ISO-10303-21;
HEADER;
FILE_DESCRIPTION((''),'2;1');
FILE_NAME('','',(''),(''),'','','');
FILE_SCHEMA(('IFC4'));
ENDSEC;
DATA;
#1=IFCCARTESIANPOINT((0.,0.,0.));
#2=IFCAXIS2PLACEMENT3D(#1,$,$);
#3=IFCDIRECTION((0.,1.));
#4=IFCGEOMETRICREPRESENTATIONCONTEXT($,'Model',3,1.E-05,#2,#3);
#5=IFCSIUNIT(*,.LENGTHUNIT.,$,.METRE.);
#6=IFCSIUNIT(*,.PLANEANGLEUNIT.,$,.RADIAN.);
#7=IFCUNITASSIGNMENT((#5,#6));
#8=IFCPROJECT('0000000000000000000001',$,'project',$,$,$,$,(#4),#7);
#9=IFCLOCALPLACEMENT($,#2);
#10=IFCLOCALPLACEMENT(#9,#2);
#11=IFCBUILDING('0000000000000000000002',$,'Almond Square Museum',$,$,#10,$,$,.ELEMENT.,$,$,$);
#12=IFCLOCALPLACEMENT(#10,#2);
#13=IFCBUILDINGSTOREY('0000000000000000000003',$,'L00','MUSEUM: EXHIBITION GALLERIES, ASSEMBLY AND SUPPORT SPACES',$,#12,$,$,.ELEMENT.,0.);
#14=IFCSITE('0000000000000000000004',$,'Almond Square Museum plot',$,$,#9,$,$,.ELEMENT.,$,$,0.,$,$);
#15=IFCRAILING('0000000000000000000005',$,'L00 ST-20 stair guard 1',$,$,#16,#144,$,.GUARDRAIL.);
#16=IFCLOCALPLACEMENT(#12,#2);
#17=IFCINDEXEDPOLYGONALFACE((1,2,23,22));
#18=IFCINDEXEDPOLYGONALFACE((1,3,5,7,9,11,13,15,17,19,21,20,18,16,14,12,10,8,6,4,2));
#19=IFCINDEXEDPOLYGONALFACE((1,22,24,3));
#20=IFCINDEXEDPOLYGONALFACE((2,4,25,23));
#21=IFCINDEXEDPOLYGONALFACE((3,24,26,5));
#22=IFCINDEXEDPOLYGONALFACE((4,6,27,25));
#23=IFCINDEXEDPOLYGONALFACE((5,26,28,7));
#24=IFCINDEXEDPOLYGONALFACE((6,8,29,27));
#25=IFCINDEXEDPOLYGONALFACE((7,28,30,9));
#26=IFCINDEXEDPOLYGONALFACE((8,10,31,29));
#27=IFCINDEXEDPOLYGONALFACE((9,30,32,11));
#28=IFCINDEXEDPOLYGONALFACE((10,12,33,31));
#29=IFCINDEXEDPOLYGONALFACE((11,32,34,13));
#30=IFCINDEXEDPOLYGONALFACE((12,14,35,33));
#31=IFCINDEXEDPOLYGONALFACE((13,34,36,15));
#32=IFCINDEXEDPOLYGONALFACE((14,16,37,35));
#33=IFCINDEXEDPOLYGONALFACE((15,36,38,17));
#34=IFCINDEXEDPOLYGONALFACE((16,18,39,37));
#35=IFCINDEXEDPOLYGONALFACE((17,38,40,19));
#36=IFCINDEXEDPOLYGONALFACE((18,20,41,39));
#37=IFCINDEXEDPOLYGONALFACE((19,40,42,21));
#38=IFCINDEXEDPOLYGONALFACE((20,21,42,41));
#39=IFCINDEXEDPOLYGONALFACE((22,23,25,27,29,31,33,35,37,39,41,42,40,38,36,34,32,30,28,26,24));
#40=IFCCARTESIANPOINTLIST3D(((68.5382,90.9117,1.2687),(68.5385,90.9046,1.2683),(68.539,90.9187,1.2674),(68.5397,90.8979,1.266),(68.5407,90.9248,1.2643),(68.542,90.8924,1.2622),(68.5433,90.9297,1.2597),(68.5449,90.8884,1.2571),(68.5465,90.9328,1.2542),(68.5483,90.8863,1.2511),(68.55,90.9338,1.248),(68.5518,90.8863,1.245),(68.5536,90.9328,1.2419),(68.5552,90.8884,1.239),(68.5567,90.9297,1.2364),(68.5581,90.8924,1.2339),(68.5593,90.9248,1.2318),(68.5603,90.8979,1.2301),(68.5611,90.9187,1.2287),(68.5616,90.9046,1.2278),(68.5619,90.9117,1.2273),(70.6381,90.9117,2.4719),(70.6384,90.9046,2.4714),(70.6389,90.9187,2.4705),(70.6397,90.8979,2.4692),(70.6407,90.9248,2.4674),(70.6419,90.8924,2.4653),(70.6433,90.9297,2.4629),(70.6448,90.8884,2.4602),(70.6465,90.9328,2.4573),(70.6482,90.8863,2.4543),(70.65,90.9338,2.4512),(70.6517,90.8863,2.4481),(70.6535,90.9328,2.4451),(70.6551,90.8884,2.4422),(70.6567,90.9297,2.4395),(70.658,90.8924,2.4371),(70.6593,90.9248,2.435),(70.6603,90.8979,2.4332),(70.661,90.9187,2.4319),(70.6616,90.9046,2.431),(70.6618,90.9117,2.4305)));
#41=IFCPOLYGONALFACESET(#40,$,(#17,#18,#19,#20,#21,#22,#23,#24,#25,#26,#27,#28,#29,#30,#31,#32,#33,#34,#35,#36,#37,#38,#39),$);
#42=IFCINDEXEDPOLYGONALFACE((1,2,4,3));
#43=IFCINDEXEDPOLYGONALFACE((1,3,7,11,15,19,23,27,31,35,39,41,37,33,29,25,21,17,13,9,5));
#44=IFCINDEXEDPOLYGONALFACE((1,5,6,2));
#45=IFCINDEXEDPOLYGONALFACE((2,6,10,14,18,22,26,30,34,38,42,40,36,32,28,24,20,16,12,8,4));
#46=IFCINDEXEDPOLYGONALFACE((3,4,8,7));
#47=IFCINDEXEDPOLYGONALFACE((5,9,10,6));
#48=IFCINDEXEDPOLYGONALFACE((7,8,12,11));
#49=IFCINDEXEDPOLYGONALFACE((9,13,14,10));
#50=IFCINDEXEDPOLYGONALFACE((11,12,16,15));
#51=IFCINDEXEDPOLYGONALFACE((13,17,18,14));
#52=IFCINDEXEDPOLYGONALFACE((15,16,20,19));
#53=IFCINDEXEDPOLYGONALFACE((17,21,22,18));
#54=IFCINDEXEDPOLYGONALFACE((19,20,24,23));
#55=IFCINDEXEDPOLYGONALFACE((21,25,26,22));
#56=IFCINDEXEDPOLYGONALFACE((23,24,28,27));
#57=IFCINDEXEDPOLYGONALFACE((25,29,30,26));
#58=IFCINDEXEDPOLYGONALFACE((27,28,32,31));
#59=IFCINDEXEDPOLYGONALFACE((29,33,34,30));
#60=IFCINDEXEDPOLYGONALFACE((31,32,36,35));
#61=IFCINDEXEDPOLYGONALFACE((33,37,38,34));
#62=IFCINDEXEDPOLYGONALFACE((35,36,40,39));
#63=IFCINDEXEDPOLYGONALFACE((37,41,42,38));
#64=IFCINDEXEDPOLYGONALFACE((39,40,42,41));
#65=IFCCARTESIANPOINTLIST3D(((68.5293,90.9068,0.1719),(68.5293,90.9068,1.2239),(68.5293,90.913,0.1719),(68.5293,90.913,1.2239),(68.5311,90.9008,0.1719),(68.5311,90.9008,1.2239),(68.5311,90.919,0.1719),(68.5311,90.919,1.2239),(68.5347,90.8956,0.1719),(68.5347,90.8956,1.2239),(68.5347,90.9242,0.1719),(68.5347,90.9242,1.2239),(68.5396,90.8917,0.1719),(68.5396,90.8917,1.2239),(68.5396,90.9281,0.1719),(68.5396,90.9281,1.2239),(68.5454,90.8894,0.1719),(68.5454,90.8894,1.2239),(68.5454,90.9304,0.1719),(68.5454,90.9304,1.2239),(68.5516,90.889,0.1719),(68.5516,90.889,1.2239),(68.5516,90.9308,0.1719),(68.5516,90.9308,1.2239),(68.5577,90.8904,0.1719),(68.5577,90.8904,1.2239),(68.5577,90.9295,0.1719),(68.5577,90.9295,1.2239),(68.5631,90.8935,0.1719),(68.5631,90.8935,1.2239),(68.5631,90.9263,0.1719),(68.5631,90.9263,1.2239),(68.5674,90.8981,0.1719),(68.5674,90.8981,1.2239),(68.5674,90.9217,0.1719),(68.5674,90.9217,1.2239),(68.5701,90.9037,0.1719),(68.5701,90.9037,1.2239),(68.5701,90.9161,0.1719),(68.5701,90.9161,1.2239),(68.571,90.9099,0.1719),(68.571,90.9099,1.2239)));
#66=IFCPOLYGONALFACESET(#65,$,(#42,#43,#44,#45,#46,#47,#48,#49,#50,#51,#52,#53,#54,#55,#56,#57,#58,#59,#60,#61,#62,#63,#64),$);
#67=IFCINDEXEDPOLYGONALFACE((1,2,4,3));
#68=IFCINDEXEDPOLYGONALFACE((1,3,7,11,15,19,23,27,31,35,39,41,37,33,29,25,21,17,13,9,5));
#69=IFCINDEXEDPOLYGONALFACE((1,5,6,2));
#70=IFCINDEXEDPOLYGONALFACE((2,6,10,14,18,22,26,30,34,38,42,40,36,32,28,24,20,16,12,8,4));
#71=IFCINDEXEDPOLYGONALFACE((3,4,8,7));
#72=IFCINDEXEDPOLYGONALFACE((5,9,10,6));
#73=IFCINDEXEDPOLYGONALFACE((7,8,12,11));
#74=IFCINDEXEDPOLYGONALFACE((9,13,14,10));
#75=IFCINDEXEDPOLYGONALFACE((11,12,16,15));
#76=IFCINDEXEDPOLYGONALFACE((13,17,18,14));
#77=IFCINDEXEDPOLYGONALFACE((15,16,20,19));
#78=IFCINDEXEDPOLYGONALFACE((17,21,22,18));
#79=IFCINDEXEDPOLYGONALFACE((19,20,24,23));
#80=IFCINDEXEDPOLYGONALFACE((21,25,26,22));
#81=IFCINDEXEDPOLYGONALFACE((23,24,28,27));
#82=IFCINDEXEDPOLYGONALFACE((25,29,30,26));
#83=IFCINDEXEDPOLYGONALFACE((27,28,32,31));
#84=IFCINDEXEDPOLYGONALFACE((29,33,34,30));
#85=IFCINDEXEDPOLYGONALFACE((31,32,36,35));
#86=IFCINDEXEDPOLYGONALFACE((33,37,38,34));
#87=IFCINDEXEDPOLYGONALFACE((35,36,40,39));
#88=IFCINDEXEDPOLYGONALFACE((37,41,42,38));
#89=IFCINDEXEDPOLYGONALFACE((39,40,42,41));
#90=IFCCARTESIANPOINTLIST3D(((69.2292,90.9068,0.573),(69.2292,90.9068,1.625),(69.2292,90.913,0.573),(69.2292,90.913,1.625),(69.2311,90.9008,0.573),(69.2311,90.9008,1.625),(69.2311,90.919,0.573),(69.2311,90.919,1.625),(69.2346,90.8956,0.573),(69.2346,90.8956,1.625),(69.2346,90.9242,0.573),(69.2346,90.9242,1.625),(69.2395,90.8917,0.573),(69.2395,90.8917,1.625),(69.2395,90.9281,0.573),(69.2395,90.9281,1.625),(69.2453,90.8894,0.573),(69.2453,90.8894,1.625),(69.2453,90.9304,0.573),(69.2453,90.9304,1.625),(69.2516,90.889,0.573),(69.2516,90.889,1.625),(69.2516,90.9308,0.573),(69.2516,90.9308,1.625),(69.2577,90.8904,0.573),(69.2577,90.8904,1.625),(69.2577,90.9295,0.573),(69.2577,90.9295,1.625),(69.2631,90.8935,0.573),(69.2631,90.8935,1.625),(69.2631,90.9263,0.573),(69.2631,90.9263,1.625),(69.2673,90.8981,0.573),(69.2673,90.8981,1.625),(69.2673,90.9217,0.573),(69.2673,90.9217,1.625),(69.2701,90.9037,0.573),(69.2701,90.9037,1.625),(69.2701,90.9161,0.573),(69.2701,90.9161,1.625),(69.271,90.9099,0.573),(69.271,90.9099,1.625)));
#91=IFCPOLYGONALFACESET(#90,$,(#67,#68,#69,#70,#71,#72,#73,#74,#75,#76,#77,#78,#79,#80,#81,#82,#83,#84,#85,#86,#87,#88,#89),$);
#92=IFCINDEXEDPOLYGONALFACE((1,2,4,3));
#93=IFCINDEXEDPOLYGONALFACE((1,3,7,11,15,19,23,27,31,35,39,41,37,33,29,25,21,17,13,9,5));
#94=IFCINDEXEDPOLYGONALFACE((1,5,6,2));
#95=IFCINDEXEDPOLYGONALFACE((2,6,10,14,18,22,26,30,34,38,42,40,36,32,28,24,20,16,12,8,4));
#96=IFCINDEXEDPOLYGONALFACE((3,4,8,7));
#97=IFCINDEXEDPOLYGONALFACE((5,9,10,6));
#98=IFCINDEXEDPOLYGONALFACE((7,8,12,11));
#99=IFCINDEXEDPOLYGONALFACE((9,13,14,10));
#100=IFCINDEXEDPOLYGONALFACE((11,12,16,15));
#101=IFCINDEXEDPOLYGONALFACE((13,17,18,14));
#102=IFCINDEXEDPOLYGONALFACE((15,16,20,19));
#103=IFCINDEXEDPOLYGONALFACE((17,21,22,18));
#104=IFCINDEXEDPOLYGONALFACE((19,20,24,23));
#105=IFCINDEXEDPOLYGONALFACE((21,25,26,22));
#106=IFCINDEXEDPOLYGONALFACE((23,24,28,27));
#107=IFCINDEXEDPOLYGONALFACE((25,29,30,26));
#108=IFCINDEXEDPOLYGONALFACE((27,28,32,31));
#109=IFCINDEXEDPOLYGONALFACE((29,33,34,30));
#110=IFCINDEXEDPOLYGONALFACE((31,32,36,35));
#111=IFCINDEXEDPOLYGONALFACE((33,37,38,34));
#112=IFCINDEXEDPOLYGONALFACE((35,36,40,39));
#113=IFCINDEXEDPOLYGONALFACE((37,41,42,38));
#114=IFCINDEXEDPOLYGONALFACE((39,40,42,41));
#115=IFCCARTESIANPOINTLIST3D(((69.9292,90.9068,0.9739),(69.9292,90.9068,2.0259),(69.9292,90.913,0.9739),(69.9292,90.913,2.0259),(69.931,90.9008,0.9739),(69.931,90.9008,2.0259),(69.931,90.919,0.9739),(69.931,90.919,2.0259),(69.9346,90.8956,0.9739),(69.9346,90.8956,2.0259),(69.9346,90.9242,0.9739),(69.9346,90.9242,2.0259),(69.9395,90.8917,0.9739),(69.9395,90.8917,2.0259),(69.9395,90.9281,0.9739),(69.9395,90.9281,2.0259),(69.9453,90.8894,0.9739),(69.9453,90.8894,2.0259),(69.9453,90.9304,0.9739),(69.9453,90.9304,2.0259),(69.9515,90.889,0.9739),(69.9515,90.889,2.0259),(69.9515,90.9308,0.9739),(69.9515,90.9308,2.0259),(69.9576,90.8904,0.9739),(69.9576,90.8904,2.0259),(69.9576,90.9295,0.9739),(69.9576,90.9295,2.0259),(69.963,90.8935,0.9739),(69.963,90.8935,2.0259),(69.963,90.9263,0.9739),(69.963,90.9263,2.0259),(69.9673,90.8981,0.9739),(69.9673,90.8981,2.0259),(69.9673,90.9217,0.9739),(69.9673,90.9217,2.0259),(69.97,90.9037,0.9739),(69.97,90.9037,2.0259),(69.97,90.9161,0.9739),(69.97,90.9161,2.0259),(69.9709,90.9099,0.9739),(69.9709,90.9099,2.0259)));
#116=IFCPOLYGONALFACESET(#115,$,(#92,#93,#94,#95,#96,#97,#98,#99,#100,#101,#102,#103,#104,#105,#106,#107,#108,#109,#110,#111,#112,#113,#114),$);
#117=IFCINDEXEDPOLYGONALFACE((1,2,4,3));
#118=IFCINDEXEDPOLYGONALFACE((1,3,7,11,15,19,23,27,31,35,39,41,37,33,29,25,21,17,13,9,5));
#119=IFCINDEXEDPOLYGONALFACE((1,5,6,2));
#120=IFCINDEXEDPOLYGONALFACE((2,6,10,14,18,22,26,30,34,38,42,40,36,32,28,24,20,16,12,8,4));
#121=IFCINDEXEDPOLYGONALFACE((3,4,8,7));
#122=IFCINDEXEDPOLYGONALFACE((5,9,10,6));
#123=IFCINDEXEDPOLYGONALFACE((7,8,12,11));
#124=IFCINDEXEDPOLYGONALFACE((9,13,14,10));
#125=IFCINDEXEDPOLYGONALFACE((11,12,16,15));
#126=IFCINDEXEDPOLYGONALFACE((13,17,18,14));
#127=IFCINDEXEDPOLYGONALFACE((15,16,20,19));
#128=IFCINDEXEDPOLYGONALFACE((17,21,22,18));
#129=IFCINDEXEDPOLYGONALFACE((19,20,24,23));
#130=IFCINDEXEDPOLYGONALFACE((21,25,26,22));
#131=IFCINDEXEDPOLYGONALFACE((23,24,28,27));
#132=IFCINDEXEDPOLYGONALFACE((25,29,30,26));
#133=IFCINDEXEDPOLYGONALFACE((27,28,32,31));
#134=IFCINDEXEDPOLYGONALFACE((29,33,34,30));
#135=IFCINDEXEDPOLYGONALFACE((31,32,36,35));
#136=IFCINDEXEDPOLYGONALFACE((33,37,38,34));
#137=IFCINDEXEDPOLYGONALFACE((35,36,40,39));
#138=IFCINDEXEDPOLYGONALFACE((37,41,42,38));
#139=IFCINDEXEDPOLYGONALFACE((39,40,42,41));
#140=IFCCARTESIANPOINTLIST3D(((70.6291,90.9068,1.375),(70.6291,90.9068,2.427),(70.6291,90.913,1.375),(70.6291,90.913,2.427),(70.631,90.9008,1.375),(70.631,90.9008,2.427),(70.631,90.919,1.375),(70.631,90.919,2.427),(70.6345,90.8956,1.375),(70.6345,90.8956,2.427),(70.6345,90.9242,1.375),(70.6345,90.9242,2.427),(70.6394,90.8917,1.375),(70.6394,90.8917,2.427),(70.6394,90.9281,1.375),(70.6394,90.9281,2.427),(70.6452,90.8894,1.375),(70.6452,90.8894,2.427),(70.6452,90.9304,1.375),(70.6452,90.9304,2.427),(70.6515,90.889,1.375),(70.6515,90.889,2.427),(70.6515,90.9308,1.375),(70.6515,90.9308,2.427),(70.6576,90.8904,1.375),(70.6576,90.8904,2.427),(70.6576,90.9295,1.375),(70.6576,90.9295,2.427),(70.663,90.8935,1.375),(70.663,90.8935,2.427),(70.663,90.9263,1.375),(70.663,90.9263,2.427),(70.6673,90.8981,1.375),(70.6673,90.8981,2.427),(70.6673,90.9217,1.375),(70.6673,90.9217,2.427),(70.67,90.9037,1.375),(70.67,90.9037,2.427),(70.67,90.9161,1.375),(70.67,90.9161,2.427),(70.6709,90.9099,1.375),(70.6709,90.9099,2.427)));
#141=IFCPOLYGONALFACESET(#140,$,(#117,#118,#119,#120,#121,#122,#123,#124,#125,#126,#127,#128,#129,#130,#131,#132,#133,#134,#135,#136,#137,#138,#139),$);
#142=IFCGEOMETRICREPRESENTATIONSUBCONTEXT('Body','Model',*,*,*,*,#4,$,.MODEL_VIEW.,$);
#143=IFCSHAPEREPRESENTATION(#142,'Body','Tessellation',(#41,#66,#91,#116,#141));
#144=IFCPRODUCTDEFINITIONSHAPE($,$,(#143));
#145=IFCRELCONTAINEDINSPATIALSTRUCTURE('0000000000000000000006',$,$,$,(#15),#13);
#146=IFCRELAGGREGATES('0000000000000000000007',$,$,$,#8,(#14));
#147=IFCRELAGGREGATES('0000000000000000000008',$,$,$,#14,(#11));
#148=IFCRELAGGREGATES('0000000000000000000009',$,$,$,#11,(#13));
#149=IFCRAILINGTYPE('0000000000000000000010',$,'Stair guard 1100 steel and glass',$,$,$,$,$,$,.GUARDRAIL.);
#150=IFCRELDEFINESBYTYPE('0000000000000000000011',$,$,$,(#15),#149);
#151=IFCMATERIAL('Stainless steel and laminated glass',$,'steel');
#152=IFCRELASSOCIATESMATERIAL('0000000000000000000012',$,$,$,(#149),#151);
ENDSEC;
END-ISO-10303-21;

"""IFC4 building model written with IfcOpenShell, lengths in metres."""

from ifc_helpers import new_model, si_unit, direction, frame, origin, origin_2d, place, context, subcontext, project, spatial, circle, extrude, material, type_object, element, save


model = new_model("IFC4")

# Units and contexts
model_context = context("Model", 3, precision=1e-05, world=origin(), true_north=direction((0.0, 1.0)))
body_context = subcontext(model_context, "Body", "Model", "MODEL_VIEW")
ifc_project = project(units=[si_unit("LENGTHUNIT", "METRE"), si_unit("PLANEANGLEUNIT", "RADIAN")], contexts=[model_context])

# Site, building, storey
site_placement = place(None, origin())
site = spatial("IfcSite", under=ifc_project, at=site_placement, Name="Almond Square Museum plot", CompositionType="ELEMENT", RefElevation=0.0)
building_placement = place(site_placement, origin())
building = spatial("IfcBuilding", under=site, at=building_placement, Name="Almond Square Museum", CompositionType="ELEMENT")
storey_placement = place(building_placement, origin())
storey = spatial("IfcBuildingStorey", under=building, at=storey_placement, Name="L00", Description="MUSEUM: EXHIBITION GALLERIES, ASSEMBLY AND SUPPORT SPACES", CompositionType="ELEMENT", Elevation=0.0)

# Railing
ifc_material_1 = material(Name="Stainless steel and laminated glass", Category="steel")
railing_type_1 = type_object("IfcRailingType", Name="Stair guard 1100 steel and glass", PredefinedType="GUARDRAIL", material=ifc_material_1)
railing_1_placement = place(storey_placement, frame((68.55, 90.9099, 0.1719)))
element("IfcRailing", 1, at=railing_1_placement, inside=storey, type_object=railing_type_1, Name="L00 ST-20 stair guard 1", PredefinedType="GUARDRAIL", context=body_context, shape_type="SweptSolid", body=[
    extrude(circle(Radius=0.0239, at=origin_2d()), frame((0.0, 0.0, 1.0762), z_axis=(0.867671, 0.0, 0.497138), x_axis=(0.0, 1.0, 0.0)), (0.0, 0.0, 1.0), 2.4202),
    extrude(circle(Radius=0.021, at=origin_2d()), origin(), (0.0, 0.0, 1.0), 1.052),
    extrude(circle(Radius=0.021, at=origin_2d()), frame((0.7, 0.0, 0.4011)), (0.0, 0.0, 1.0), 1.052),
    extrude(circle(Radius=0.021, at=origin_2d()), frame((1.3999, 0.0, 0.802)), (0.0, 0.0, 1.0), 1.052),
    extrude(circle(Radius=0.021, at=origin_2d()), frame((2.0999, 0.0, 1.2031)), (0.0, 0.0, 1.0), 1.052),
])

save(model, "model.ifc")
